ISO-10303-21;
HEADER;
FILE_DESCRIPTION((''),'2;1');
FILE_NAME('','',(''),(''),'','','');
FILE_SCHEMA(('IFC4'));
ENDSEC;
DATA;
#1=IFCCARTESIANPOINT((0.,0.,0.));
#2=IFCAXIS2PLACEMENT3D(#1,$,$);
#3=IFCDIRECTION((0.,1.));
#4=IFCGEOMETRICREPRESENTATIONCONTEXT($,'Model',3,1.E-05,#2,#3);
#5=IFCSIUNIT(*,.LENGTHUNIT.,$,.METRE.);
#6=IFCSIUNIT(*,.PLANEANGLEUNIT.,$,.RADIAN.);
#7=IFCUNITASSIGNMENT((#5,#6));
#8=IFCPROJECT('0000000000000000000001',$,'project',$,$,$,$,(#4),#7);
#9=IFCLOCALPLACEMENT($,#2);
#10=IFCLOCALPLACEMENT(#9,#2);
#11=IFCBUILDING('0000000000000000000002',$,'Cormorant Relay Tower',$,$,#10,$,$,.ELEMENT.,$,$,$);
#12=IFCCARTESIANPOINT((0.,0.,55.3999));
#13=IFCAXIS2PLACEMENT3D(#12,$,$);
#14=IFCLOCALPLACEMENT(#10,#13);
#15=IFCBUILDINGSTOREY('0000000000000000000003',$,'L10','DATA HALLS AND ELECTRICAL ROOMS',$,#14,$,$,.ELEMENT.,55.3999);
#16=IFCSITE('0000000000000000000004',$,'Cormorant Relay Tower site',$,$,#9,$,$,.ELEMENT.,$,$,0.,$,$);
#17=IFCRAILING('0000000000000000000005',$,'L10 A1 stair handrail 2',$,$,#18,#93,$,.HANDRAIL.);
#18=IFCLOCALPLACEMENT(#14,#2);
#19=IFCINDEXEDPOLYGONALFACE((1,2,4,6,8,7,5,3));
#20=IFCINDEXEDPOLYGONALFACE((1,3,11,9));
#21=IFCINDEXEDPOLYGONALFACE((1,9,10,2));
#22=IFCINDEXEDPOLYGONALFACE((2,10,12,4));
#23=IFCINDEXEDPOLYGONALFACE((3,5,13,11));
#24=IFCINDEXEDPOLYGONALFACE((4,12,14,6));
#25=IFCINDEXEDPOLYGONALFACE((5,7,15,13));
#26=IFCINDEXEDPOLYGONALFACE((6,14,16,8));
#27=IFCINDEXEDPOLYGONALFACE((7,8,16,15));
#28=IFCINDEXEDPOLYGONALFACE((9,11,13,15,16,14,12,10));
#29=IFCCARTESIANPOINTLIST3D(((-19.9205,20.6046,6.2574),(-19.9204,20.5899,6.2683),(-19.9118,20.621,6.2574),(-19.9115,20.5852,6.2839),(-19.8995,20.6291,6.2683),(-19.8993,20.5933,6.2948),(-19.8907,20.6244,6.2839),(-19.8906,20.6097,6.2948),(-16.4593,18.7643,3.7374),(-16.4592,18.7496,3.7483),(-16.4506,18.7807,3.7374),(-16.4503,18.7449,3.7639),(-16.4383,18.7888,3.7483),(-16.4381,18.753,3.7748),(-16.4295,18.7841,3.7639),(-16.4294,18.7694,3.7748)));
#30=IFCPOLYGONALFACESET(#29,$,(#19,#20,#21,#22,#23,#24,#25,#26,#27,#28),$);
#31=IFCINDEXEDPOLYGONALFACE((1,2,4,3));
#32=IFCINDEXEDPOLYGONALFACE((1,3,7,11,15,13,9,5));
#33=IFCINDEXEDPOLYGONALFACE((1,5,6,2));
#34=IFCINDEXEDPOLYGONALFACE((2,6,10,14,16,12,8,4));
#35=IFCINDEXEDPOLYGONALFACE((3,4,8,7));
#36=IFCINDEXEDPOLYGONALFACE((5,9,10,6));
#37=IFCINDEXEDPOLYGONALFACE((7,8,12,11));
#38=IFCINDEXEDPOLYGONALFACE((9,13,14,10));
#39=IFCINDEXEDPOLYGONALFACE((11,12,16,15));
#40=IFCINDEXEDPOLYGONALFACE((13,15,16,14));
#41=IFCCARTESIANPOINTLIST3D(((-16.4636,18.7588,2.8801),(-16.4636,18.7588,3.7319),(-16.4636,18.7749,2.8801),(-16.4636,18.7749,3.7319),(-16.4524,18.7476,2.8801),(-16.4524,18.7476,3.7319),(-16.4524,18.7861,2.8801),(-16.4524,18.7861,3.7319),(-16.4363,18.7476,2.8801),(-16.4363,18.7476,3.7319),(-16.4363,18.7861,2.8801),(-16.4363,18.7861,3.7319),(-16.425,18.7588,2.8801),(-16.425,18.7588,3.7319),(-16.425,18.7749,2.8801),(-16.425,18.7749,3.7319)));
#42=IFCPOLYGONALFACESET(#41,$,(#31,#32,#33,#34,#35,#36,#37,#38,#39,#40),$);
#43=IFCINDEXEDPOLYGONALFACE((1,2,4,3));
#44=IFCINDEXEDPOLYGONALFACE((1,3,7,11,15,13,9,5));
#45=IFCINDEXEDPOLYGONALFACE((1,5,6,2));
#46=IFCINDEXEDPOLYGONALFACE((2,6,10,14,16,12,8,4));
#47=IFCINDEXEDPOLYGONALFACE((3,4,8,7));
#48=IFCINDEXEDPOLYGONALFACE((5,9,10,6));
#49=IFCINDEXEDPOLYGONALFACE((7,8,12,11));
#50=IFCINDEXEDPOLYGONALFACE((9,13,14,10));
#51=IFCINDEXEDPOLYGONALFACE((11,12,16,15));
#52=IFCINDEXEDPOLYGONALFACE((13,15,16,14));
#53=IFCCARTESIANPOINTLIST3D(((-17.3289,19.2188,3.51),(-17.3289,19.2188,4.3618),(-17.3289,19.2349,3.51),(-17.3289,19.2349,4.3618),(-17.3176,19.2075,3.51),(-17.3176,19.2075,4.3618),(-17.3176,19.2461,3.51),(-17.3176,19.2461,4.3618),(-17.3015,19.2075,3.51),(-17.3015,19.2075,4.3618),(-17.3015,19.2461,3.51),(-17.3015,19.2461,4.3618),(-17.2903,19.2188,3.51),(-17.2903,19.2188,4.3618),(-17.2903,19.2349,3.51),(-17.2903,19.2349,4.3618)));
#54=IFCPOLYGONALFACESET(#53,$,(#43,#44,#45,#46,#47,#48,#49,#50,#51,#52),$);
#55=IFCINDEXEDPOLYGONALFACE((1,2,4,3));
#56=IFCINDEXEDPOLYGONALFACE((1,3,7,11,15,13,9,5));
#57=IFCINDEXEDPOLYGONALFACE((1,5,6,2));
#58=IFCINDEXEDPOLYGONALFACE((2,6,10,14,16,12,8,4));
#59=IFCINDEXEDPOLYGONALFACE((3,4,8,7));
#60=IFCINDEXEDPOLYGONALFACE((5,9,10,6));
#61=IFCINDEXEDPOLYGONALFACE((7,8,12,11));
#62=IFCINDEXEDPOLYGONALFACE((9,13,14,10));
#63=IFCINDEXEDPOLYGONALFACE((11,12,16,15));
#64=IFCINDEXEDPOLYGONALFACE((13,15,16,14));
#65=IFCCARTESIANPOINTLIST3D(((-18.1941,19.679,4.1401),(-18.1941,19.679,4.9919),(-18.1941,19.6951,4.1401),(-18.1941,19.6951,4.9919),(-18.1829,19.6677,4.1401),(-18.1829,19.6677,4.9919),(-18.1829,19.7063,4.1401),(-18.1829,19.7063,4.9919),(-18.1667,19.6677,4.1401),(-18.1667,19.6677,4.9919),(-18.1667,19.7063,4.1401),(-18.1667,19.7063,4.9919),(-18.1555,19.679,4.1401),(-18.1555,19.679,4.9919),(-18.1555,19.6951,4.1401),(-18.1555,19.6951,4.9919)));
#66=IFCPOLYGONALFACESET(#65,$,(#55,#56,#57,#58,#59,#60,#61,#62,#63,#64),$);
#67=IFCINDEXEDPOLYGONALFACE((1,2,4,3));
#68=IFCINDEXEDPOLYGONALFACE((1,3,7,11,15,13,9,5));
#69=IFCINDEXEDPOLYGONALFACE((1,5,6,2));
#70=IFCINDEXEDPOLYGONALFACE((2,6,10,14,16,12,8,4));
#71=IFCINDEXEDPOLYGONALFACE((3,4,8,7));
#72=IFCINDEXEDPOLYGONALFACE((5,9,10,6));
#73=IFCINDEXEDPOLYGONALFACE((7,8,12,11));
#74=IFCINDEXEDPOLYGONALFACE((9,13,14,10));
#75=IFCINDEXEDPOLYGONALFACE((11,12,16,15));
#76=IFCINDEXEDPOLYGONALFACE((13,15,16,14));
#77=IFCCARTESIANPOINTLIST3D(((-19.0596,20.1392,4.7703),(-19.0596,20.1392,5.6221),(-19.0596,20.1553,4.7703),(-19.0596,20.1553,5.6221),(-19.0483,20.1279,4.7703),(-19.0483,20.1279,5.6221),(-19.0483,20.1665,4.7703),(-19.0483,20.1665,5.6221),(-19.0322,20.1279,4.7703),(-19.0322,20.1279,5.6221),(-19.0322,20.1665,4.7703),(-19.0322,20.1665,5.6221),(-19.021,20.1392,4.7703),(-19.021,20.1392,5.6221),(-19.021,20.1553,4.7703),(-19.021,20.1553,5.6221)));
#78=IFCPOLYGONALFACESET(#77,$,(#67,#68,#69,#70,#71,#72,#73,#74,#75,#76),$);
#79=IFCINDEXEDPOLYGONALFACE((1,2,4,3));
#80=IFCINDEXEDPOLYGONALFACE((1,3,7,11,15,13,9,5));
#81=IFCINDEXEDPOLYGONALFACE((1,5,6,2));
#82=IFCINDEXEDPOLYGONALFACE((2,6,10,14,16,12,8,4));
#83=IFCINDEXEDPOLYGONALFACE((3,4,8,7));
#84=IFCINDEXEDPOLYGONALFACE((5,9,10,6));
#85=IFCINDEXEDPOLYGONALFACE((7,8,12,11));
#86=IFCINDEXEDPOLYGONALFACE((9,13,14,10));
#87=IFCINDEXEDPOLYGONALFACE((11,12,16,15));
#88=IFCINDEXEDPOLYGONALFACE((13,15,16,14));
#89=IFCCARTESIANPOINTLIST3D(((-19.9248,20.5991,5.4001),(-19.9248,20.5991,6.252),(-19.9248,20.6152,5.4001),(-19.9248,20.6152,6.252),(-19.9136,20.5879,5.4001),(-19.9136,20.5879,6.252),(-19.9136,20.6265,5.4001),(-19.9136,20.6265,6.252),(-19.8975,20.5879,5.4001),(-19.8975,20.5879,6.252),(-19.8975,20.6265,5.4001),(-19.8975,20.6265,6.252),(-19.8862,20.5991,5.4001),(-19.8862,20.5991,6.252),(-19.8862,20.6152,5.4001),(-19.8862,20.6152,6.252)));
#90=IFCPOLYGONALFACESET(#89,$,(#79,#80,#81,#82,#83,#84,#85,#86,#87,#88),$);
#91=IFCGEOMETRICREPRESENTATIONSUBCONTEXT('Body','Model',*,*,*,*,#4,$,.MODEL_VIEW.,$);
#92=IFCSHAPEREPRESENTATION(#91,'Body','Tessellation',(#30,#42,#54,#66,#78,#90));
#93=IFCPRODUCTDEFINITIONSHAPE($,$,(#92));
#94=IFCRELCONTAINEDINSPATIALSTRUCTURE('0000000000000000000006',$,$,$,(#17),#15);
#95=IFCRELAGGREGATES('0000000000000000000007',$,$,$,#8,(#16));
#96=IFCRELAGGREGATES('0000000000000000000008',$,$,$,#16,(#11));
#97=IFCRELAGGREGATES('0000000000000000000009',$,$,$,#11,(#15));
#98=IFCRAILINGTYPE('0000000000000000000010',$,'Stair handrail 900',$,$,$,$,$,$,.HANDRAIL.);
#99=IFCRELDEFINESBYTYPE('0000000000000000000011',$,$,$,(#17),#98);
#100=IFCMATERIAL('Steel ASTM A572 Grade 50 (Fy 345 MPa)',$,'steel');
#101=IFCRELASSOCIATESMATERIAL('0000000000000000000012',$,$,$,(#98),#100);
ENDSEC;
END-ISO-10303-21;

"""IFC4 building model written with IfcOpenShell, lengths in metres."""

from ifc_helpers import new_model, si_unit, direction, frame, origin, place, context, subcontext, project, spatial, polyline, outline, extrude, material, type_object, element, save


model = new_model("IFC4")

# Units and contexts
model_context = context("Model", 3, precision=1e-05, world=origin(), true_north=direction((0.0, 1.0)))
body_context = subcontext(model_context, "Body", "Model", "MODEL_VIEW")
ifc_project = project(units=[si_unit("LENGTHUNIT", "METRE"), si_unit("PLANEANGLEUNIT", "RADIAN")], contexts=[model_context])

# Site, building, storey
site_placement = place(None, origin())
site = spatial("IfcSite", under=ifc_project, at=site_placement, Name="Cormorant Relay Tower site", CompositionType="ELEMENT", RefElevation=0.0)
building_placement = place(site_placement, origin())
building = spatial("IfcBuilding", under=site, at=building_placement, Name="Cormorant Relay Tower", CompositionType="ELEMENT")
storey_placement = place(building_placement, frame((0.0, 0.0, 55.3999)))
storey = spatial("IfcBuildingStorey", under=building, at=storey_placement, Name="L10", Description="DATA HALLS AND ELECTRICAL ROOMS", CompositionType="ELEMENT", Elevation=55.3999)

# Railing
ifc_material_1 = material(Name="Steel ASTM A572 Grade 50 (Fy 345 MPa)", Category="steel")
railing_type_1 = type_object("IfcRailingType", Name="Stair handrail 900", PredefinedType="HANDRAIL", material=ifc_material_1)
railing_1_placement = place(storey_placement, frame((-16.4443, 18.7668, 2.8801)))
element("IfcRailing", 1, at=railing_1_placement, inside=storey, type_object=railing_type_1, Name="L10 A1 stair handrail 2", PredefinedType="HANDRAIL", context=body_context, shape_type="SweptSolid", body=[
    extrude(outline(polyline([(0.0222, 0.0093), (0.0093, 0.0222), (-0.0093, 0.0222), (-0.0222, 0.0093), (-0.0222, -0.0093), (-0.0093, -0.0222), (0.0093, -0.0222), (0.0222, -0.0093), (0.0222, 0.0093)])), frame((0.0, 0.0, 0.876), z_axis=(-0.742717, 0.394907, 0.540758), x_axis=(-0.469469, -0.882949, 0.0)), (0.0, 0.0, 1.0), 4.6602),
    extrude(outline(polyline([(0.0193, 0.0081), (0.0081, 0.0193), (-0.0081, 0.0193), (-0.0193, 0.0081), (-0.0193, -0.0081), (-0.0081, -0.0193), (0.0081, -0.0193), (0.0193, -0.0081), (0.0193, 0.0081)])), origin(), (0.0, 0.0, 1.0), 0.8518),
    extrude(outline(polyline([(0.0193, 0.0081), (0.0081, 0.0193), (-0.0081, 0.0193), (-0.0193, 0.0081), (-0.0193, -0.0081), (-0.0081, -0.0193), (0.0081, -0.0193), (0.0193, -0.0081), (0.0193, 0.0081)])), frame((-0.8652, 0.46, 0.6299)), (0.0, 0.0, 1.0), 0.8518),
    extrude(outline(polyline([(0.0193, 0.0081), (0.0081, 0.0193), (-0.0081, 0.0193), (-0.0193, 0.0081), (-0.0193, -0.0081), (-0.0081, -0.0193), (0.0081, -0.0193), (0.0193, -0.0081), (0.0193, 0.0081)])), frame((-1.7305, 0.9202, 1.26)), (0.0, 0.0, 1.0), 0.8518),
    extrude(outline(polyline([(0.0193, 0.0081), (0.0081, 0.0193), (-0.0081, 0.0193), (-0.0193, 0.0081), (-0.0193, -0.0081), (-0.0081, -0.0193), (0.0081, -0.0193), (0.0193, -0.0081), (0.0193, 0.0081)])), frame((-2.5959, 1.3804, 1.8901)), (0.0, 0.0, 1.0), 0.8518),
    extrude(outline(polyline([(0.0193, 0.0081), (0.0081, 0.0193), (-0.0081, 0.0193), (-0.0193, 0.0081), (-0.0193, -0.0081), (-0.0081, -0.0193), (0.0081, -0.0193), (0.0193, -0.0081), (0.0193, 0.0081)])), frame((-3.4612, 1.8403, 2.52)), (0.0, 0.0, 1.0), 0.8518),
])

save(model, "model.ifc")
